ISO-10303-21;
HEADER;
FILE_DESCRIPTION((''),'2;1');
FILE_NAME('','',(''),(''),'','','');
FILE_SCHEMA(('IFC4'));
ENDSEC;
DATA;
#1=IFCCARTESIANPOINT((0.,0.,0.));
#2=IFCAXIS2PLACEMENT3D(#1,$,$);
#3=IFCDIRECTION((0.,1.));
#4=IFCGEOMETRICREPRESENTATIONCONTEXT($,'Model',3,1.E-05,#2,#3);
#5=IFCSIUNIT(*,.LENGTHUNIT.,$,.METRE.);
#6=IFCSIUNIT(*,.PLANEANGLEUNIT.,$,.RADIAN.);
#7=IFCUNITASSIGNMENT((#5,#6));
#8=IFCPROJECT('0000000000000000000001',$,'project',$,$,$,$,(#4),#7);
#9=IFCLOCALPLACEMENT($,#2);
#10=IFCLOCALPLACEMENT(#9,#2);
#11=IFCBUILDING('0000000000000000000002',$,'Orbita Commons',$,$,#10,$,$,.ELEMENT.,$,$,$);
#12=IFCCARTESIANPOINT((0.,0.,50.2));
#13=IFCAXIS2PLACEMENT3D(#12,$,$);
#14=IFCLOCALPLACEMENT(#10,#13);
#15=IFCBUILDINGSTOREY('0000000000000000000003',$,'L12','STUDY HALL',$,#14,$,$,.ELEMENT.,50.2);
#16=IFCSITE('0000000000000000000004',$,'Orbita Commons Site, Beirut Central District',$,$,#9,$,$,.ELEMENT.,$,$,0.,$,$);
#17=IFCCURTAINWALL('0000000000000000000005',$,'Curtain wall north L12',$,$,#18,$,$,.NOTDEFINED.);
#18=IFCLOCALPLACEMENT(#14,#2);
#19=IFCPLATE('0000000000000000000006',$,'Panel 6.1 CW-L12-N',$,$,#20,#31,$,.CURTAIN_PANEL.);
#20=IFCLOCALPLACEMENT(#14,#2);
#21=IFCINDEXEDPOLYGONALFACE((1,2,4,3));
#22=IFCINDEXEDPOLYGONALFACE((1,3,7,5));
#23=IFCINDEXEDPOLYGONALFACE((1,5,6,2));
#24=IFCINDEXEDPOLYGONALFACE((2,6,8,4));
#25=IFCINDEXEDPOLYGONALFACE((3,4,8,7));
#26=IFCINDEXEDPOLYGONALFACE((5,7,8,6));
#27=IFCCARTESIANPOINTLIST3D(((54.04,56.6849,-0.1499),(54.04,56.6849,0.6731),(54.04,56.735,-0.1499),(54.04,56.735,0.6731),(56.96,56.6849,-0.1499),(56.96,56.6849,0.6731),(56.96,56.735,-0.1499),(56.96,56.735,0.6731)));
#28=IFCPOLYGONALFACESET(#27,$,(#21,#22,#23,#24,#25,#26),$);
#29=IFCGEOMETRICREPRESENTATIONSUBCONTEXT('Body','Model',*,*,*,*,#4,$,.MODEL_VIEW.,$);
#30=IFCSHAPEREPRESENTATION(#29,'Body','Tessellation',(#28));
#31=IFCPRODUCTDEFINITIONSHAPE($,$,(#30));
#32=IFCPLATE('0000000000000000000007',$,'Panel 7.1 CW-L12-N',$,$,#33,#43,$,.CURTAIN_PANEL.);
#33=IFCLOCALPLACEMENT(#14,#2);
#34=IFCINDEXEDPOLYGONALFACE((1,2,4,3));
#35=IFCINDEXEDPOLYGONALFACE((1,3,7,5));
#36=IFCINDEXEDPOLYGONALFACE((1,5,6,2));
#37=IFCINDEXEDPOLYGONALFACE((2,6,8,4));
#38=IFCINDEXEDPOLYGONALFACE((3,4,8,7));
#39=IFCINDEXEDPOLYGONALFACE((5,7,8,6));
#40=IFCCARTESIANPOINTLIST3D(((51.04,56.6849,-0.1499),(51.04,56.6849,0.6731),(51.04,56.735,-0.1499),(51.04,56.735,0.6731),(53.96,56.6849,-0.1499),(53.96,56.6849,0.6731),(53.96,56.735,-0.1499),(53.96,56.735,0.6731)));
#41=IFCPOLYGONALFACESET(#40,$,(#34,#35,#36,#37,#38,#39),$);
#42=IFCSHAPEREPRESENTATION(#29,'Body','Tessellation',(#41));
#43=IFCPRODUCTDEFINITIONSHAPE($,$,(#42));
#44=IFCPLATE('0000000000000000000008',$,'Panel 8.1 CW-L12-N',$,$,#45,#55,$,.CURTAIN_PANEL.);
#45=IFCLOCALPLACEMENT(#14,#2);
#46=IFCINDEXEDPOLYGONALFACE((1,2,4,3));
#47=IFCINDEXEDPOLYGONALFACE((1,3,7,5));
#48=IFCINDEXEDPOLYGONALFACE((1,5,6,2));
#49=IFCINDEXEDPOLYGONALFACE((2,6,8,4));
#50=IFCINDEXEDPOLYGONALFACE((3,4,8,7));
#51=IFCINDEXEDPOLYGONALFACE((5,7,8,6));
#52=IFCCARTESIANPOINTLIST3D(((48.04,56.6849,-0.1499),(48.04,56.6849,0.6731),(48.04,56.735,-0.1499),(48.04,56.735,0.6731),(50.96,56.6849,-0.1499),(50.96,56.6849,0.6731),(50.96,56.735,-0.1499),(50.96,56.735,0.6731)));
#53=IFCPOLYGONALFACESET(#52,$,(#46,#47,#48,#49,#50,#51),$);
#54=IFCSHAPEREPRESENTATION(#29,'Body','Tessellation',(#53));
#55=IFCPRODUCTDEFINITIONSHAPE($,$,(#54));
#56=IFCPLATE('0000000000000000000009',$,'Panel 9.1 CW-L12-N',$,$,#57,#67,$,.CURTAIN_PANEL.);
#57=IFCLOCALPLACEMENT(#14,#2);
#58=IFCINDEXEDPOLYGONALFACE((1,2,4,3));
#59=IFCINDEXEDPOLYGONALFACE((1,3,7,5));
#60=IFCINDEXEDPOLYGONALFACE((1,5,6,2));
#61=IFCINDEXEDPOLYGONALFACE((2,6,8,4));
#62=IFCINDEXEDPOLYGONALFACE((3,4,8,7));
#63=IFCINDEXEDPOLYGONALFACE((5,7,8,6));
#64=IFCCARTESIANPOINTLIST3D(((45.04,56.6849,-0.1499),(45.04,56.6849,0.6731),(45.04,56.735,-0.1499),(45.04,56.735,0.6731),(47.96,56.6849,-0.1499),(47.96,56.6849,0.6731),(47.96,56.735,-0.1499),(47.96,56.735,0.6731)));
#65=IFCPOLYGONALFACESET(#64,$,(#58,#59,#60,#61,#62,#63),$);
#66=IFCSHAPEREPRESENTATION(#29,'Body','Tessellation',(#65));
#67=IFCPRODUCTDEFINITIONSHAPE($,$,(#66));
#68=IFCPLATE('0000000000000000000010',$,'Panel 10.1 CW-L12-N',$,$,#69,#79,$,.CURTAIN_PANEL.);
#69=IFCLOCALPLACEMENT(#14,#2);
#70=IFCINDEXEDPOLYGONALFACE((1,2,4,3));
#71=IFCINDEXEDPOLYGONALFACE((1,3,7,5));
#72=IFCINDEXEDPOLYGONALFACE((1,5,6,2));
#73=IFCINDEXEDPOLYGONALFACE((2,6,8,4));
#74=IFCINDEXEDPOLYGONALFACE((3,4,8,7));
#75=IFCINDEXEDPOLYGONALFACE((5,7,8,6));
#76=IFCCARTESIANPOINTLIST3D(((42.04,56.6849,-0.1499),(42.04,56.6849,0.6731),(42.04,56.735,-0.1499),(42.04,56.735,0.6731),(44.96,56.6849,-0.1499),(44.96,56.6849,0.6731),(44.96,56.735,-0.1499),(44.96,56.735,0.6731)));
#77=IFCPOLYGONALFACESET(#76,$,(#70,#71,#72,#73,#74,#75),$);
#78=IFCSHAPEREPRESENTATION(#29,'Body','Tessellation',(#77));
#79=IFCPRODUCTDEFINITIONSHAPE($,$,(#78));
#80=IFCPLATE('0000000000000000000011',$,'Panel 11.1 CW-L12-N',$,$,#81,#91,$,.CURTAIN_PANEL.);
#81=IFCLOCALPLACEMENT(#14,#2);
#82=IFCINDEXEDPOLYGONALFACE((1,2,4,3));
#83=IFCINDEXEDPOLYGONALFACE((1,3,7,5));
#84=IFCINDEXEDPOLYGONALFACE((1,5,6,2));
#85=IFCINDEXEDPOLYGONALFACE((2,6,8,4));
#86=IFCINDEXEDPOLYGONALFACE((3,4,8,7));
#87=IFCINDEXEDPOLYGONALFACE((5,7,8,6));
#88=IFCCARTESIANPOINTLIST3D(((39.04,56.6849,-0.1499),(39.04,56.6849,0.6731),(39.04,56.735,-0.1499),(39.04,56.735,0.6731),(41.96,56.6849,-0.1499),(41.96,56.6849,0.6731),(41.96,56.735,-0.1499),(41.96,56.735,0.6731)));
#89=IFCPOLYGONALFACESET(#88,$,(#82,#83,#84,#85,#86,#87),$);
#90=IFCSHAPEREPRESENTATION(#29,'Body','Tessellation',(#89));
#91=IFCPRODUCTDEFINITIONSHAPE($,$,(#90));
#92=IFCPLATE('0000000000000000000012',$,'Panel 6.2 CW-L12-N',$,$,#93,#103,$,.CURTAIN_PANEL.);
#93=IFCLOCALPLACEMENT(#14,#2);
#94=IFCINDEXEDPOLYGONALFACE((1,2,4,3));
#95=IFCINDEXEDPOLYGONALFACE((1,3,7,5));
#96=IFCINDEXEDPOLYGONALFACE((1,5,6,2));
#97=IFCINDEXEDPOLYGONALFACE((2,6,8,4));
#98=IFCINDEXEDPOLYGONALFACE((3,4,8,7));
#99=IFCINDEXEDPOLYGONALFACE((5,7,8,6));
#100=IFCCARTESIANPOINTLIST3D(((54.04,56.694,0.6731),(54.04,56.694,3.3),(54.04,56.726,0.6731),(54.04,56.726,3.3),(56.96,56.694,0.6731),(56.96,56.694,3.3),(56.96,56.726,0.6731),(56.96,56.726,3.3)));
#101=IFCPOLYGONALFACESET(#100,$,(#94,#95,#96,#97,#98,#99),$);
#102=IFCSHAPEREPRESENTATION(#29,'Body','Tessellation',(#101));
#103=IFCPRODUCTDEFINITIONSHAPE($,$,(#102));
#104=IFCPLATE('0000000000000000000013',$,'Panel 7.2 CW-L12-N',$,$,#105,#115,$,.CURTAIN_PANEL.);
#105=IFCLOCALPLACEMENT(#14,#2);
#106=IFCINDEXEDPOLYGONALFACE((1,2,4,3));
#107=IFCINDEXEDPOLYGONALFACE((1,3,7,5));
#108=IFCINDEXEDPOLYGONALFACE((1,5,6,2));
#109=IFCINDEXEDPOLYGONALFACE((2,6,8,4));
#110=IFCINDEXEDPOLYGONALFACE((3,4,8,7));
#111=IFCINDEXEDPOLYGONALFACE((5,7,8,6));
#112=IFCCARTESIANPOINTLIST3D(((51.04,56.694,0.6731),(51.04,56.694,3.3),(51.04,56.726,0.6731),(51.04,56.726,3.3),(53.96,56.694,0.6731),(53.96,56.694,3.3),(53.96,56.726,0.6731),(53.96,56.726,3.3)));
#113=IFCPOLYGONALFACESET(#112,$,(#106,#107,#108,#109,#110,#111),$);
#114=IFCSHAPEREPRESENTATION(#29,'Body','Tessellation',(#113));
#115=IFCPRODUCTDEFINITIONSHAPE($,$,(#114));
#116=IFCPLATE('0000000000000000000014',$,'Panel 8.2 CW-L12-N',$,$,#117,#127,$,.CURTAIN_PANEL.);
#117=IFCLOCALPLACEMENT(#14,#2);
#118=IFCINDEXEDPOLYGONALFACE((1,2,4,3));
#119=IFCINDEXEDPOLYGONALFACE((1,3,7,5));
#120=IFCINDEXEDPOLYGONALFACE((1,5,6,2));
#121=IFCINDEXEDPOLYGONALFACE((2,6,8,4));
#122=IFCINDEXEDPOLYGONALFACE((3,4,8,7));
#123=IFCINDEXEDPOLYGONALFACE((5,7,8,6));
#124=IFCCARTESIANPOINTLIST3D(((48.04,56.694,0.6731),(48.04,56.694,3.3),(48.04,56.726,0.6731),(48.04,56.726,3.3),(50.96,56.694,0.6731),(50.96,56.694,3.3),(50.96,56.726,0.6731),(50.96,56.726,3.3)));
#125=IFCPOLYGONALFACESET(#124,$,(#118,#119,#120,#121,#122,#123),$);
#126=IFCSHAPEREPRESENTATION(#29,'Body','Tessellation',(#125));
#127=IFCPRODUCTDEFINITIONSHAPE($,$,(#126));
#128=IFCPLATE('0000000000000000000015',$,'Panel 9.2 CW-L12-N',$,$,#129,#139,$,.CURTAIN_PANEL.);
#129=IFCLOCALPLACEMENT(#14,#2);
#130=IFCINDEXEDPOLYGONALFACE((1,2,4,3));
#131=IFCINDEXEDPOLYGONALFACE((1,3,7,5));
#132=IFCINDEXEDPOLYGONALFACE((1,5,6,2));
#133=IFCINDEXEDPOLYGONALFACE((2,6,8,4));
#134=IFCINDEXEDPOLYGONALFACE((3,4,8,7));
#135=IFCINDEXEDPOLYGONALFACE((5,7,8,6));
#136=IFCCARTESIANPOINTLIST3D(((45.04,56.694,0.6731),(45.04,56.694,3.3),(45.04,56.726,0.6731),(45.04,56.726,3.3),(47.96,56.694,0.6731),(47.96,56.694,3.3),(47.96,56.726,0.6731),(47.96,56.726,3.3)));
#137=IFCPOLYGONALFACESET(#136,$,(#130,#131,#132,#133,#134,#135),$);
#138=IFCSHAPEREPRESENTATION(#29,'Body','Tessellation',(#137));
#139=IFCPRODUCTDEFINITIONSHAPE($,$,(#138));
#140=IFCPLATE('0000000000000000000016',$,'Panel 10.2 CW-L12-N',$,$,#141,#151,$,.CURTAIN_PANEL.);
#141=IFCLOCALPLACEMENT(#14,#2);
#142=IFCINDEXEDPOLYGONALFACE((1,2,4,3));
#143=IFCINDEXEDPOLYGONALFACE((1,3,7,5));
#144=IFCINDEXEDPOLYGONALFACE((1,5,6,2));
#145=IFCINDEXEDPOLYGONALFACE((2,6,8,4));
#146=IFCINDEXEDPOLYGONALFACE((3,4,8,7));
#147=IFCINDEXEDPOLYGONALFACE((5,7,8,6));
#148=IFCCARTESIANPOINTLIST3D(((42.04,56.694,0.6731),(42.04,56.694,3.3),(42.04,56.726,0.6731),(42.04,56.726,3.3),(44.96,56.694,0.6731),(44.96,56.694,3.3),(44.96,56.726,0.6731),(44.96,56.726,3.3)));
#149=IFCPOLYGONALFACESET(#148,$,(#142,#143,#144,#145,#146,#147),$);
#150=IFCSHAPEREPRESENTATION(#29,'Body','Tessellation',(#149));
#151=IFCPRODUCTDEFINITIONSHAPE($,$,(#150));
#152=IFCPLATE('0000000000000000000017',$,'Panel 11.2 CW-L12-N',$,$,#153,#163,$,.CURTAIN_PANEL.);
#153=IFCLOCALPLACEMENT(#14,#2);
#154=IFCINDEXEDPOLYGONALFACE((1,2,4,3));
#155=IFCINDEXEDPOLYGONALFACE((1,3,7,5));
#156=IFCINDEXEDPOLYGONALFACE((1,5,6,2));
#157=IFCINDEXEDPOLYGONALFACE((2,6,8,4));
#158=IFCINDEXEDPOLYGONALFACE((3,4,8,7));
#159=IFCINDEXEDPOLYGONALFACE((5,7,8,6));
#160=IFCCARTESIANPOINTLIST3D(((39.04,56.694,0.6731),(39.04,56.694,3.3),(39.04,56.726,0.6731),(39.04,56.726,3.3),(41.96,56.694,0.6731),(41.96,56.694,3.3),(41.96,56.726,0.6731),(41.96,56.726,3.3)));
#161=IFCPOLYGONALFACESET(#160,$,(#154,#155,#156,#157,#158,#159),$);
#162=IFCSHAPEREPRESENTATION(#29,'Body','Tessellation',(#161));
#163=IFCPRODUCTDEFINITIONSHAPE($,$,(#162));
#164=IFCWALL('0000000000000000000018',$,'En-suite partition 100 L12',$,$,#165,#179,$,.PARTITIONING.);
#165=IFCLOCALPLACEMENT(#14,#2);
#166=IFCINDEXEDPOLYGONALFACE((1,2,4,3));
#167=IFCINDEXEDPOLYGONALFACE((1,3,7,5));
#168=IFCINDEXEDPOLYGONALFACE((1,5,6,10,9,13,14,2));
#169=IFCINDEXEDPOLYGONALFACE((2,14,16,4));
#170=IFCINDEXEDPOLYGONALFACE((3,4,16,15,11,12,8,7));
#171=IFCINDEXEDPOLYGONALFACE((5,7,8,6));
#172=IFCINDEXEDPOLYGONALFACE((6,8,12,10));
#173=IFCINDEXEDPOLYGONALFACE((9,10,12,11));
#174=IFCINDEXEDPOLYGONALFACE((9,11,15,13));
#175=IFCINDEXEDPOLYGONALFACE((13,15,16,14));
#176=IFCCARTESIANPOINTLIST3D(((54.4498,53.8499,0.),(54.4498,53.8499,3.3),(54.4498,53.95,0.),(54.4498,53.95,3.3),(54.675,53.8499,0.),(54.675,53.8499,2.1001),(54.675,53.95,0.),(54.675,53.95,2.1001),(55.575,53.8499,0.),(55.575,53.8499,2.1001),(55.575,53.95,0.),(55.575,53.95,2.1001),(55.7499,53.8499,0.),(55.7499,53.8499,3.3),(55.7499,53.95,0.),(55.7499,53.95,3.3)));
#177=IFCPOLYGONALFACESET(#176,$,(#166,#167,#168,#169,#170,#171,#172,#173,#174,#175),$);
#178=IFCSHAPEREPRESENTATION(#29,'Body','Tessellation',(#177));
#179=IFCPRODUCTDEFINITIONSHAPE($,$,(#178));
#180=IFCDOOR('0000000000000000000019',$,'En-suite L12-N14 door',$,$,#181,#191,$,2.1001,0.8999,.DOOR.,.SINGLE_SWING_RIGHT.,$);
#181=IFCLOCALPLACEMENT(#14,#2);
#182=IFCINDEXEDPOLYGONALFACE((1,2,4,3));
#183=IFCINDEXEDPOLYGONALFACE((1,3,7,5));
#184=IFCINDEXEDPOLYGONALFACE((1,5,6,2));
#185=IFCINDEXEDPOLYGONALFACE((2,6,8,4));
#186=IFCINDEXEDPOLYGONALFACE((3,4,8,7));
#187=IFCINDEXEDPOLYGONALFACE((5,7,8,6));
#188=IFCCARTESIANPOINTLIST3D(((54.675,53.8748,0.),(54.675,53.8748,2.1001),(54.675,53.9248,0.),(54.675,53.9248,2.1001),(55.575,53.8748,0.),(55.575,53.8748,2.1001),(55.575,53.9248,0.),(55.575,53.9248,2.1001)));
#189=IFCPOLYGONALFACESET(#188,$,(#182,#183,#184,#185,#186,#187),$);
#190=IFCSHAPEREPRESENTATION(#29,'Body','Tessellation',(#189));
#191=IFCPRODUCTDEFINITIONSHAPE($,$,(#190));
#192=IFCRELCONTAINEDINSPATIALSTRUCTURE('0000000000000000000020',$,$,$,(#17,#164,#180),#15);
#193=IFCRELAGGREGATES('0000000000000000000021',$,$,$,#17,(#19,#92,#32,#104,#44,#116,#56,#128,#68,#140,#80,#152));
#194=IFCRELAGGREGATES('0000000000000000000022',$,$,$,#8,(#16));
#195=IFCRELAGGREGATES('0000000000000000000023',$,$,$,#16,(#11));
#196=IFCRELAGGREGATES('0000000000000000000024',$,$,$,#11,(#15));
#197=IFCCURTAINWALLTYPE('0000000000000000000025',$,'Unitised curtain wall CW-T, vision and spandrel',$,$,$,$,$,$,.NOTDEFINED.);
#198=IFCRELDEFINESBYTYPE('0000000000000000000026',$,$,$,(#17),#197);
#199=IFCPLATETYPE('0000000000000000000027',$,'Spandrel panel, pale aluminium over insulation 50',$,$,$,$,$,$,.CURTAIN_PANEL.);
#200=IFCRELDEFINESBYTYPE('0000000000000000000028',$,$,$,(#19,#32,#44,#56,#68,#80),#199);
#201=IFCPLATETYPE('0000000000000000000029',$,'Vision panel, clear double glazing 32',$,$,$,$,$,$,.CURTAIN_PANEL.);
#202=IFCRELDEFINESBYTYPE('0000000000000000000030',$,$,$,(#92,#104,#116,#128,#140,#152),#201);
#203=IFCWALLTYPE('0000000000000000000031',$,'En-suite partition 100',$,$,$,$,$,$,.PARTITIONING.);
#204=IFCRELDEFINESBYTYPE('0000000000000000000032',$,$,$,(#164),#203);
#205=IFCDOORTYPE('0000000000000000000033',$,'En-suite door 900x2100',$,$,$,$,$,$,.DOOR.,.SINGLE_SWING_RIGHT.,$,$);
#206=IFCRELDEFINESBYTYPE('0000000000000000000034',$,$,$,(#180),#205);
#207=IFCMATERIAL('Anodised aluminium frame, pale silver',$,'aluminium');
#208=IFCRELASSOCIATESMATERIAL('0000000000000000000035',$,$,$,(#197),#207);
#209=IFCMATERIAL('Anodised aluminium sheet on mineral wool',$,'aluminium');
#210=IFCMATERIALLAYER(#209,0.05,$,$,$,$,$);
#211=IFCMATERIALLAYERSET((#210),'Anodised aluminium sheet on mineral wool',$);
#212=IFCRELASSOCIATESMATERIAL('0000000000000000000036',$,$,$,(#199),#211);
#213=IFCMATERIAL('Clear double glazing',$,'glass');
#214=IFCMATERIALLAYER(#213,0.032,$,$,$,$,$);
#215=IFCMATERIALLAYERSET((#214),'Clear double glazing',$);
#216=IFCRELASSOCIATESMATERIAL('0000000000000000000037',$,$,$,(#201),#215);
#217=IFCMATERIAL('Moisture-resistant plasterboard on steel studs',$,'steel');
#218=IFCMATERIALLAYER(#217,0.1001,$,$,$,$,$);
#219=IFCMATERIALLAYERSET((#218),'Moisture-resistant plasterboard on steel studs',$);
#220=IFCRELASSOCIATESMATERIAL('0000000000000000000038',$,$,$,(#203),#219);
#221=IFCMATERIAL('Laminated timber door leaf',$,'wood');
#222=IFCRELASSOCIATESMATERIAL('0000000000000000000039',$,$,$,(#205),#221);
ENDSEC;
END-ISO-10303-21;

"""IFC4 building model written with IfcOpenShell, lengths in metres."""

from ifc_helpers import new_model, si_unit, direction, frame, frame_2d, origin, origin_2d, place, context, subcontext, project, spatial, rectangle, extrude, material, layer, layer_set, type_object, element, fill, aggregate, save


model = new_model("IFC4")

# Units and contexts
model_context = context("Model", 3, precision=1e-05, world=origin(), true_north=direction((0.0, 1.0)))
body_context = subcontext(model_context, "Body", "Model", "MODEL_VIEW")
ifc_project = project(units=[si_unit("LENGTHUNIT", "METRE"), si_unit("PLANEANGLEUNIT", "RADIAN")], contexts=[model_context])

# Site, building, storey
site_placement = place(None, origin())
site = spatial("IfcSite", under=ifc_project, at=site_placement, Name="Orbita Commons Site, Beirut Central District", CompositionType="ELEMENT", RefElevation=0.0)
building_placement = place(site_placement, origin())
building = spatial("IfcBuilding", under=site, at=building_placement, Name="Orbita Commons", CompositionType="ELEMENT")
storey_placement = place(building_placement, frame((0.0, 0.0, 50.2)))
storey = spatial("IfcBuildingStorey", under=building, at=storey_placement, Name="L12", Description="STUDY HALL", CompositionType="ELEMENT", Elevation=50.2)

# Curtain wall
ifc_material_1 = material(Name="Anodised aluminium frame, pale silver", Category="aluminium")
curtain_wall_type = type_object("IfcCurtainWallType", Name="Unitised curtain wall CW-T, vision and spandrel", PredefinedType="NOTDEFINED", material=ifc_material_1)
curtain_wall_placement = place(storey_placement, origin())
curtain_wall = element("IfcCurtainWall", 1, at=curtain_wall_placement, inside=storey, type_object=curtain_wall_type, Name="Curtain wall north L12", PredefinedType="NOTDEFINED")

# Plates
ifc_material_2 = material(Name="Anodised aluminium sheet on mineral wool", Category="aluminium")
ifc_layer_1 = layer(ifc_material_2, 0.05)
ifc_layer_set_1 = layer_set([ifc_layer_1], Name="Anodised aluminium sheet on mineral wool")
plate_type_1 = type_object("IfcPlateType", Name="Spandrel panel, pale aluminium over insulation 50", PredefinedType="CURTAIN_PANEL", material=ifc_layer_set_1)
plate_1_placement = place(storey_placement, frame((55.5, 56.71, -0.1499), z_axis=(0.0, 0.0, 1.0), x_axis=(-1.0, 0.0, 0.0)))
plate_1 = element("IfcPlate", 2, at=plate_1_placement, type_object=plate_type_1, Name="Panel 6.1 CW-L12-N", PredefinedType="CURTAIN_PANEL", context=body_context, shape_type="SweptSolid", body=[
    extrude(rectangle(XDim=2.9199, YDim=0.05, at=origin_2d()), origin(), (0.0, 0.0, 1.0), 0.823),
])
plate_2_placement = place(storey_placement, frame((52.5, 56.71, -0.1499), z_axis=(0.0, 0.0, 1.0), x_axis=(-1.0, 0.0, 0.0)))
plate_2 = element("IfcPlate", 3, at=plate_2_placement, type_object=plate_type_1, Name="Panel 7.1 CW-L12-N", PredefinedType="CURTAIN_PANEL", context=body_context, shape_type="SweptSolid", body=[
    extrude(rectangle(XDim=2.9199, YDim=0.05, at=origin_2d()), origin(), (0.0, 0.0, 1.0), 0.823),
])
plate_3_placement = place(storey_placement, frame((49.5, 56.71, -0.1499), z_axis=(0.0, 0.0, 1.0), x_axis=(-1.0, 0.0, 0.0)))
plate_3 = element("IfcPlate", 4, at=plate_3_placement, type_object=plate_type_1, Name="Panel 8.1 CW-L12-N", PredefinedType="CURTAIN_PANEL", context=body_context, shape_type="SweptSolid", body=[
    extrude(rectangle(XDim=2.9199, YDim=0.05, at=origin_2d()), origin(), (0.0, 0.0, 1.0), 0.823),
])
plate_4_placement = place(storey_placement, frame((46.5, 56.71, -0.1499), z_axis=(0.0, 0.0, 1.0), x_axis=(-1.0, 0.0, 0.0)))
plate_4 = element("IfcPlate", 5, at=plate_4_placement, type_object=plate_type_1, Name="Panel 9.1 CW-L12-N", PredefinedType="CURTAIN_PANEL", context=body_context, shape_type="SweptSolid", body=[
    extrude(rectangle(XDim=2.9199, YDim=0.05, at=origin_2d()), origin(), (0.0, 0.0, 1.0), 0.823),
])
plate_5_placement = place(storey_placement, frame((43.5, 56.71, -0.1499), z_axis=(0.0, 0.0, 1.0), x_axis=(-1.0, 0.0, 0.0)))
plate_5 = element("IfcPlate", 6, at=plate_5_placement, type_object=plate_type_1, Name="Panel 10.1 CW-L12-N", PredefinedType="CURTAIN_PANEL", context=body_context, shape_type="SweptSolid", body=[
    extrude(rectangle(XDim=2.9199, YDim=0.05, at=origin_2d()), origin(), (0.0, 0.0, 1.0), 0.823),
])
plate_6_placement = place(storey_placement, frame((40.5, 56.71, -0.1499), z_axis=(0.0, 0.0, 1.0), x_axis=(-1.0, 0.0, 0.0)))
plate_6 = element("IfcPlate", 7, at=plate_6_placement, type_object=plate_type_1, Name="Panel 11.1 CW-L12-N", PredefinedType="CURTAIN_PANEL", context=body_context, shape_type="SweptSolid", body=[
    extrude(rectangle(XDim=2.9199, YDim=0.05, at=origin_2d()), origin(), (0.0, 0.0, 1.0), 0.823),
])
ifc_material_3 = material(Name="Clear double glazing", Category="glass")
ifc_layer_2 = layer(ifc_material_3, 0.032)
ifc_layer_set_2 = layer_set([ifc_layer_2], Name="Clear double glazing")
plate_type_2 = type_object("IfcPlateType", Name="Vision panel, clear double glazing 32", PredefinedType="CURTAIN_PANEL", material=ifc_layer_set_2)
plate_7_placement = place(storey_placement, frame((55.5, 56.71, 0.6731), z_axis=(0.0, 0.0, 1.0), x_axis=(-1.0, 0.0, 0.0)))
plate_7 = element("IfcPlate", 8, at=plate_7_placement, type_object=plate_type_2, Name="Panel 6.2 CW-L12-N", PredefinedType="CURTAIN_PANEL", context=body_context, shape_type="SweptSolid", body=[
    extrude(rectangle(XDim=2.9199, YDim=0.032, at=origin_2d()), origin(), (0.0, 0.0, 1.0), 2.627),
])
plate_8_placement = place(storey_placement, frame((52.5, 56.71, 0.6731), z_axis=(0.0, 0.0, 1.0), x_axis=(-1.0, 0.0, 0.0)))
plate_8 = element("IfcPlate", 9, at=plate_8_placement, type_object=plate_type_2, Name="Panel 7.2 CW-L12-N", PredefinedType="CURTAIN_PANEL", context=body_context, shape_type="SweptSolid", body=[
    extrude(rectangle(XDim=2.9199, YDim=0.032, at=origin_2d()), origin(), (0.0, 0.0, 1.0), 2.627),
])
plate_9_placement = place(storey_placement, frame((49.5, 56.71, 0.6731), z_axis=(0.0, 0.0, 1.0), x_axis=(-1.0, 0.0, 0.0)))
plate_9 = element("IfcPlate", 10, at=plate_9_placement, type_object=plate_type_2, Name="Panel 8.2 CW-L12-N", PredefinedType="CURTAIN_PANEL", context=body_context, shape_type="SweptSolid", body=[
    extrude(rectangle(XDim=2.9199, YDim=0.032, at=origin_2d()), origin(), (0.0, 0.0, 1.0), 2.627),
])
plate_10_placement = place(storey_placement, frame((46.5, 56.71, 0.6731), z_axis=(0.0, 0.0, 1.0), x_axis=(-1.0, 0.0, 0.0)))
plate_10 = element("IfcPlate", 11, at=plate_10_placement, type_object=plate_type_2, Name="Panel 9.2 CW-L12-N", PredefinedType="CURTAIN_PANEL", context=body_context, shape_type="SweptSolid", body=[
    extrude(rectangle(XDim=2.9199, YDim=0.032, at=origin_2d()), origin(), (0.0, 0.0, 1.0), 2.627),
])
plate_11_placement = place(storey_placement, frame((43.5, 56.71, 0.6731), z_axis=(0.0, 0.0, 1.0), x_axis=(-1.0, 0.0, 0.0)))
plate_11 = element("IfcPlate", 12, at=plate_11_placement, type_object=plate_type_2, Name="Panel 10.2 CW-L12-N", PredefinedType="CURTAIN_PANEL", context=body_context, shape_type="SweptSolid", body=[
    extrude(rectangle(XDim=2.9199, YDim=0.032, at=origin_2d()), origin(), (0.0, 0.0, 1.0), 2.627),
])
plate_12_placement = place(storey_placement, frame((40.5, 56.71, 0.6731), z_axis=(0.0, 0.0, 1.0), x_axis=(-1.0, 0.0, 0.0)))
plate_12 = element("IfcPlate", 13, at=plate_12_placement, type_object=plate_type_2, Name="Panel 11.2 CW-L12-N", PredefinedType="CURTAIN_PANEL", context=body_context, shape_type="SweptSolid", body=[
    extrude(rectangle(XDim=2.9199, YDim=0.032, at=origin_2d()), origin(), (0.0, 0.0, 1.0), 2.627),
])
aggregate(curtain_wall, [plate_1, plate_7, plate_2, plate_8, plate_3, plate_9, plate_4, plate_10, plate_5, plate_11, plate_6, plate_12])

# Wall, opening, door
ifc_material_4 = material(Name="Moisture-resistant plasterboard on steel studs", Category="steel")
ifc_layer_3 = layer(ifc_material_4, 0.1001)
ifc_layer_set_3 = layer_set([ifc_layer_3], Name="Moisture-resistant plasterboard on steel studs")
wall_type_1 = type_object("IfcWallType", Name="En-suite partition 100", PredefinedType="PARTITIONING", material=ifc_layer_set_3)
wall_1_placement = place(storey_placement, frame((54.45, 53.8999, 0.0), z_axis=(0.0, 0.0, 1.0), x_axis=(1.0, 0.0, 0.0)))
wall_1 = element("IfcWall", 14, at=wall_1_placement, inside=storey, type_object=wall_type_1, Name="En-suite partition 100 L12", PredefinedType="PARTITIONING", context=body_context, shape_type="SweptSolid", body=[
    extrude(rectangle(XDim=1.3, YDim=0.1001, at=frame_2d((0.6499, 0.0))), origin(), (0.0, 0.0, 1.0), 3.3),
])
opening_placement = place(wall_1_placement, frame((0.2251, 0.0, 0.0)))
opening = element("IfcOpeningElement", 15, at=opening_placement, cuts=wall_1, PredefinedType="OPENING", context=body_context, shape_type="SweptSolid", body=[
    extrude(rectangle(XDim=0.8999, YDim=2.1001, at=frame_2d((0.45, 1.05))), frame((0.0, 0.0601, 0.0), z_axis=(0.0, -1.0, 0.0), x_axis=(1.0, 0.0, 0.0)), (0.0, 0.0, 1.0), 0.1201),
])
ifc_material_5 = material(Name="Laminated timber door leaf", Category="wood")
door_type = type_object("IfcDoorType", Name="En-suite door 900x2100", OperationType="SINGLE_SWING_RIGHT", PredefinedType="DOOR", material=ifc_material_5)
door_placement = place(opening_placement, origin())
door = element("IfcDoor", 16, at=door_placement, inside=storey, type_object=door_type, Name="En-suite L12-N14 door", OperationType="SINGLE_SWING_RIGHT", OverallHeight=2.1001, OverallWidth=0.8999, PredefinedType="DOOR", context=body_context, shape_type="SweptSolid", body=[
    extrude(rectangle(XDim=0.8999, YDim=2.1001, at=frame_2d((0.45, 1.05))), frame((0.0, 0.0249, 0.0), z_axis=(0.0, -1.0, 0.0), x_axis=(1.0, 0.0, 0.0)), (0.0, 0.0, 1.0), 0.05),
])
fill(opening, door)

save(model, "model.ifc")
